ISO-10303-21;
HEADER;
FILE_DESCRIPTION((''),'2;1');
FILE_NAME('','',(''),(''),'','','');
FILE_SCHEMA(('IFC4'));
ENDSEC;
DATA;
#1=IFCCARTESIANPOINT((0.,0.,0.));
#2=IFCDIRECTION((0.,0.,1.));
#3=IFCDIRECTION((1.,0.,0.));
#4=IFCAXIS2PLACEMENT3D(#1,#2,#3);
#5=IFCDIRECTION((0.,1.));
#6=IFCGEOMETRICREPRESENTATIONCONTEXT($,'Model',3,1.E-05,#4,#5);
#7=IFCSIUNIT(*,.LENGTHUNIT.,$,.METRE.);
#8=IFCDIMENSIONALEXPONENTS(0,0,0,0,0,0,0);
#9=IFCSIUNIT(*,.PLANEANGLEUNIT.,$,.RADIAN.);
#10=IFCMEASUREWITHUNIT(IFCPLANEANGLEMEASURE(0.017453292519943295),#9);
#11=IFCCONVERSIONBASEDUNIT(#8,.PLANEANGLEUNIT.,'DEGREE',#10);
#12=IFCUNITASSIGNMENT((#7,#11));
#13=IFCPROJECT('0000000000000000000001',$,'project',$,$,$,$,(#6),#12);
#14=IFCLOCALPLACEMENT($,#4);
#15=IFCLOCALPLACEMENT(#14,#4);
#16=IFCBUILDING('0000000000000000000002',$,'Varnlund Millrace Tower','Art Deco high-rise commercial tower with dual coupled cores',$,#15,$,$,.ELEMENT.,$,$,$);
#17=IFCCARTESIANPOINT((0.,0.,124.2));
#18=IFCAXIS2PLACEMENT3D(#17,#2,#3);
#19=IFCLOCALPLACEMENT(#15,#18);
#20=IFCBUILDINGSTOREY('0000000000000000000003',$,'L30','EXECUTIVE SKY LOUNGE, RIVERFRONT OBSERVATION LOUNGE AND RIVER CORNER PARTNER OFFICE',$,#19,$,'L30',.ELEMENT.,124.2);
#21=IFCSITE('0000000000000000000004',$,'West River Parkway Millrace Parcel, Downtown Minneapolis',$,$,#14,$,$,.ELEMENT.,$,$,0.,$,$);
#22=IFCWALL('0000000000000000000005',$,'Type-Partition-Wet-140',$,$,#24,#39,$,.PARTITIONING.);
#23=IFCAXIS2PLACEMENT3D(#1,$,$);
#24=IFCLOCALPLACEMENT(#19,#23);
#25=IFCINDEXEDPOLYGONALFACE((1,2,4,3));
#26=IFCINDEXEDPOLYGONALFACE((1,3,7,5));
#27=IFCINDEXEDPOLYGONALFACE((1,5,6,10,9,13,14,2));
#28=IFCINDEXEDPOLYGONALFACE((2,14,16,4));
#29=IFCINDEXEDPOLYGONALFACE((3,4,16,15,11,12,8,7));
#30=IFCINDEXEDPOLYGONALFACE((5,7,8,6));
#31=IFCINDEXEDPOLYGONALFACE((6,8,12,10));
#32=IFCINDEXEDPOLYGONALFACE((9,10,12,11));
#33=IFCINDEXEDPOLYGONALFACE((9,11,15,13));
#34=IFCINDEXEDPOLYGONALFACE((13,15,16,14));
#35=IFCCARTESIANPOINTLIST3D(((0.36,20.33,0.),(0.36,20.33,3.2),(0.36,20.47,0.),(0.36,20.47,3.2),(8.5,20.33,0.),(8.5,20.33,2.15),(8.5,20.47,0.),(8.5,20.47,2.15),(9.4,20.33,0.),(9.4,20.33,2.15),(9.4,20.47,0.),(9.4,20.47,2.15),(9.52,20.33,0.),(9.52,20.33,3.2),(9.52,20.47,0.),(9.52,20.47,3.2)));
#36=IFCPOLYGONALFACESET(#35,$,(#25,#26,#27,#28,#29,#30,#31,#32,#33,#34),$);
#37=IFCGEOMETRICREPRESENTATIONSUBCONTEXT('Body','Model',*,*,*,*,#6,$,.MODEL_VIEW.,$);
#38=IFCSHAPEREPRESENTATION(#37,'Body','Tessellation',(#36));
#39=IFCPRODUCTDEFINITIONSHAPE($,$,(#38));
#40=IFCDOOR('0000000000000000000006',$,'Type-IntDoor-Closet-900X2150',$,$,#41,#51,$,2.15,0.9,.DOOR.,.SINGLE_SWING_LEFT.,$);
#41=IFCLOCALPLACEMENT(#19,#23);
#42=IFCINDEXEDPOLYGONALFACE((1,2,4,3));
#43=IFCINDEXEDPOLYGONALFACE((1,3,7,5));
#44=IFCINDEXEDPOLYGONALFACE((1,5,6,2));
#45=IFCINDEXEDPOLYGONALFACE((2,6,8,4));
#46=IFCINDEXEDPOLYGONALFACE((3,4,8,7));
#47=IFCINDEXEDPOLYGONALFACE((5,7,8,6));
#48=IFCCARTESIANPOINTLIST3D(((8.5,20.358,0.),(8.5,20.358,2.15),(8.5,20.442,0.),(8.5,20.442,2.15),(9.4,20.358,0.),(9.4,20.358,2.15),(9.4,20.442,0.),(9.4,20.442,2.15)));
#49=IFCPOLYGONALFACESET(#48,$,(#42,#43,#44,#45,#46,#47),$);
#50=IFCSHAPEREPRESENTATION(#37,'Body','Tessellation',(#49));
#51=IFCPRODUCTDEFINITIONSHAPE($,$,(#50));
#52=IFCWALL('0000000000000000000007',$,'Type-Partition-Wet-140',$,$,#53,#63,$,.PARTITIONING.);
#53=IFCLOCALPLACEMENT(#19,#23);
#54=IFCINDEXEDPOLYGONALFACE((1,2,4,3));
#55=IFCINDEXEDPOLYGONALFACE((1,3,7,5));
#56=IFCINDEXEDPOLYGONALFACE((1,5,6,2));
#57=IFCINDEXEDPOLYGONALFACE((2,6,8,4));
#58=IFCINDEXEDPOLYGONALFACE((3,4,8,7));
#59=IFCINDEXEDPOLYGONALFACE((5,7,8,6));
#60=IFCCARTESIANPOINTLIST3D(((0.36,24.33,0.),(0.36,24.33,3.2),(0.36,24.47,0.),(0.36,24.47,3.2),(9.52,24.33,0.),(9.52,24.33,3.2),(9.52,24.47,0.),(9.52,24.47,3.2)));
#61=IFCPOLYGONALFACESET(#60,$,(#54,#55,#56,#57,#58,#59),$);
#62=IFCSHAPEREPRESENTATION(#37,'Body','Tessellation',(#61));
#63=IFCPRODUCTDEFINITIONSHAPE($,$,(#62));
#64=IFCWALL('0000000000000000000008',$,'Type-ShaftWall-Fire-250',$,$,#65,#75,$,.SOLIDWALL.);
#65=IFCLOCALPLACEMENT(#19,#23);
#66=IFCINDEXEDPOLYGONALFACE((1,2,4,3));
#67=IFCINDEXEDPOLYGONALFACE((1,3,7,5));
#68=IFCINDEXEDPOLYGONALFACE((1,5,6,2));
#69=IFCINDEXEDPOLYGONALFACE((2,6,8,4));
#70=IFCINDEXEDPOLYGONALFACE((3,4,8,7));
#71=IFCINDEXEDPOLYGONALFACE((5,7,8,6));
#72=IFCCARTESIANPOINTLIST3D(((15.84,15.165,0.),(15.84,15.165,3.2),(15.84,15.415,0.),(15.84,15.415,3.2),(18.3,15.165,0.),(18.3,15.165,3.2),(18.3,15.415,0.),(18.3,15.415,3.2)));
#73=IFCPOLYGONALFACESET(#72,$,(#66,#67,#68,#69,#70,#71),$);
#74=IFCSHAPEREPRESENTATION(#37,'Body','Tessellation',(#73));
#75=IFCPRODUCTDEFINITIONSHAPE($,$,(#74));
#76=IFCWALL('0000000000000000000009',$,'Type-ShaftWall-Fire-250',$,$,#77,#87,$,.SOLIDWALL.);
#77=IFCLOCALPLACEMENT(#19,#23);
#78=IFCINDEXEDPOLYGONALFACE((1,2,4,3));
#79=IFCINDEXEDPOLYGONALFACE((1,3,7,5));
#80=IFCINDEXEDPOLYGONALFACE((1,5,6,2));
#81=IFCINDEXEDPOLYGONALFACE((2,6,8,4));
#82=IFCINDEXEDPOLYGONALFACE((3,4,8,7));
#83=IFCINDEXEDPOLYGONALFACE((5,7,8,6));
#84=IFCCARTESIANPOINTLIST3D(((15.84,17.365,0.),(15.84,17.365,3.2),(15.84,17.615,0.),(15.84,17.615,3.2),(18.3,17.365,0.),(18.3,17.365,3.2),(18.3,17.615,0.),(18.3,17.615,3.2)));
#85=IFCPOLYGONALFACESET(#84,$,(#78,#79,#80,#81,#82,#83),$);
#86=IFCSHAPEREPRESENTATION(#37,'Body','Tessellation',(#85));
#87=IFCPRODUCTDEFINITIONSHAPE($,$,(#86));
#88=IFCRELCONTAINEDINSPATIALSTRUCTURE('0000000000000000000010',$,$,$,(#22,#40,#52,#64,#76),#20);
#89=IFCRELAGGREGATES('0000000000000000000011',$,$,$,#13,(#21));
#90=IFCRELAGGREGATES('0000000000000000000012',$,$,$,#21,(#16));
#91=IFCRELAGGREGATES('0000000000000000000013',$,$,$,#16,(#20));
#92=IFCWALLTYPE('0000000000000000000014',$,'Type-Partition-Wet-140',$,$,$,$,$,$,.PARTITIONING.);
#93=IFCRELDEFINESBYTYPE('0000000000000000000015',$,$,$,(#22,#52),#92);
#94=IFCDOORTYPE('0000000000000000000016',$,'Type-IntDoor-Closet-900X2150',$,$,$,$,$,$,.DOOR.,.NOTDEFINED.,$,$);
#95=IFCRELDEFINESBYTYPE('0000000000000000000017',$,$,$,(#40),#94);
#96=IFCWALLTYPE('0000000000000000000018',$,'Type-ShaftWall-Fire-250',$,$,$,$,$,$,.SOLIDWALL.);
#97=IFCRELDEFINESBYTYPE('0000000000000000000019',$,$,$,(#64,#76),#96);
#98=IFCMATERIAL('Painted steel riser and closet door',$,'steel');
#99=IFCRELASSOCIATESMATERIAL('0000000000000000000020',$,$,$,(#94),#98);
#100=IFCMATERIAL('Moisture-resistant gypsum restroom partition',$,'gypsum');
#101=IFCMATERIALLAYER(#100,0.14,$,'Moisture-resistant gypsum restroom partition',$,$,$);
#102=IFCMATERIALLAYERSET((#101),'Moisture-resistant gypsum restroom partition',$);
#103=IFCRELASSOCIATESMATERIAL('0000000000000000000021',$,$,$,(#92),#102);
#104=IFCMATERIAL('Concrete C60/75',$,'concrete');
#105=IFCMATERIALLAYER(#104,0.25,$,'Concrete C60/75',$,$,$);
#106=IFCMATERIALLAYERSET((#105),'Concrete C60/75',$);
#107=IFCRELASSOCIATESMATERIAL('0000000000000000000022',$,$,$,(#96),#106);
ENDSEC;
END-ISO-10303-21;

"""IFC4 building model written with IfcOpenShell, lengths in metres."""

from ifc_helpers import new_model, entity, si_unit, converted_unit, direction, frame, origin_with_axes, origin_2d_with_axis, place, context, subcontext, project, spatial, polyline, rectangle, outline, extrude, material, layer, layer_set, type_object, element, fill, save


model = new_model("IFC4")

# Units and contexts
model_context = context("Model", 3, precision=1e-05, world=origin_with_axes(), true_north=direction((0.0, 1.0)))
body_context = subcontext(model_context, "Body", "Model", "MODEL_VIEW")
ifc_project = project(units=[si_unit("LENGTHUNIT", "METRE"), converted_unit("PLANEANGLEUNIT", "DEGREE", entity("IfcPlaneAngleMeasure", 0.017453292519943295), si_unit("PLANEANGLEUNIT", "RADIAN"), dimensions=[0, 0, 0, 0, 0, 0, 0])], contexts=[model_context])

# Site, building, storey
site_placement = place(None, origin_with_axes())
site = spatial("IfcSite", under=ifc_project, at=site_placement, Name="West River Parkway Millrace Parcel, Downtown Minneapolis", CompositionType="ELEMENT", RefElevation=0.0)
building_placement = place(site_placement, origin_with_axes())
building = spatial("IfcBuilding", under=site, at=building_placement, Name="Varnlund Millrace Tower", Description="Art Deco high-rise commercial tower with dual coupled cores", CompositionType="ELEMENT")
storey_placement = place(building_placement, frame((0.0, 0.0, 124.2), z_axis=(0.0, 0.0, 1.0), x_axis=(1.0, 0.0, 0.0)))
storey = spatial("IfcBuildingStorey", under=building, at=storey_placement, Name="L30", Description="EXECUTIVE SKY LOUNGE, RIVERFRONT OBSERVATION LOUNGE AND RIVER CORNER PARTNER OFFICE", LongName="L30", CompositionType="ELEMENT", Elevation=124.2)

# Shared definitions
ifc_material_1 = material(Name="Painted steel riser and closet door", Category="steel")
door_type_1 = type_object("IfcDoorType", Name="Type-IntDoor-Closet-900X2150", OperationType="NOTDEFINED", PredefinedType="DOOR", material=ifc_material_1)

# Shared definitions
ifc_material_2 = material(Name="Moisture-resistant gypsum restroom partition", Category="gypsum")
ifc_layer_1 = layer(ifc_material_2, 0.14, Name="Moisture-resistant gypsum restroom partition")
ifc_layer_set_1 = layer_set([ifc_layer_1], Name="Moisture-resistant gypsum restroom partition")
wall_type_1 = type_object("IfcWallType", Name="Type-Partition-Wet-140", PredefinedType="PARTITIONING", material=ifc_layer_set_1)

# Wall, opening, door
wall_1_placement = place(storey_placement, frame((0.36, 20.4, 0.0), z_axis=(0.0, 0.0, 1.0), x_axis=(1.0, 0.0, 0.0)))
wall_1 = element("IfcWall", 1, at=wall_1_placement, inside=storey, type_object=wall_type_1, Name="Type-Partition-Wet-140", PredefinedType="PARTITIONING", context=body_context, shape_type="SweptSolid", body=[
    extrude(outline(polyline([(0.0, -0.07), (9.16, -0.07), (9.16, 0.07), (0.0, 0.07), (0.0, -0.07)])), origin_with_axes(), (0.0, 0.0, 1.0), 3.2),
])
opening_1_placement = place(wall_1_placement, frame((8.59, 0.0, 0.0), z_axis=(0.0, 0.0, 1.0), x_axis=(1.0, 0.0, 0.0)))
opening_1 = element("IfcOpeningElement", 2, at=opening_1_placement, cuts=wall_1, PredefinedType="OPENING", context=body_context, shape_type="SweptSolid", body=[
    extrude(rectangle(XDim=0.9, YDim=0.16, at=origin_2d_with_axis()), origin_with_axes(), (0.0, 0.0, 1.0), 2.15),
])
door_1_placement = place(wall_1_placement, frame((8.59, 0.0, 0.0), z_axis=(0.0, 0.0, 1.0), x_axis=(1.0, 0.0, 0.0)))
door_1 = element("IfcDoor", 3, at=door_1_placement, inside=storey, type_object=door_type_1, Name="Type-IntDoor-Closet-900X2150", OperationType="SINGLE_SWING_LEFT", OverallHeight=2.15, OverallWidth=0.9, PredefinedType="DOOR", context=body_context, shape_type="SweptSolid", body=[
    extrude(rectangle(XDim=0.9, YDim=0.084, at=origin_2d_with_axis()), origin_with_axes(), (0.0, 0.0, 1.0), 2.15),
])
fill(opening_1, door_1)

# Walls
wall_2_placement = place(storey_placement, frame((0.36, 24.4, 0.0), z_axis=(0.0, 0.0, 1.0), x_axis=(1.0, 0.0, 0.0)))
element("IfcWall", 4, at=wall_2_placement, inside=storey, type_object=wall_type_1, Name="Type-Partition-Wet-140", PredefinedType="PARTITIONING", context=body_context, shape_type="SweptSolid", body=[
    extrude(outline(polyline([(0.0, -0.07), (9.16, -0.07), (9.16, 0.07), (0.0, 0.07), (0.0, -0.07)])), origin_with_axes(), (0.0, 0.0, 1.0), 3.2),
])
ifc_material_3 = material(Name="Concrete C60/75", Category="concrete")
ifc_layer_2 = layer(ifc_material_3, 0.25, Name="Concrete C60/75")
ifc_layer_set_2 = layer_set([ifc_layer_2], Name="Concrete C60/75")
wall_type_2 = type_object("IfcWallType", Name="Type-ShaftWall-Fire-250", PredefinedType="SOLIDWALL", material=ifc_layer_set_2)
for number, where, z_axis, x_axis, name in (
    (5, (15.84, 15.29, 0.0), (0.0, 0.0, 1.0), (1.0, 0.0, 0.0), "Type-ShaftWall-Fire-250"),
    (6, (15.84, 17.49, 0.0), (0.0, 0.0, 1.0), (1.0, 0.0, 0.0), "Type-ShaftWall-Fire-250"),
):
    element("IfcWall", number, at=place(storey_placement, frame(where, z_axis=z_axis, x_axis=x_axis)), inside=storey, type_object=wall_type_2, Name=name, PredefinedType="SOLIDWALL", context=body_context, shape_type="SweptSolid", body=[
        extrude(outline(polyline([(0.0, -0.125), (2.46, -0.125), (2.46, 0.125), (0.0, 0.125), (0.0, -0.125)])), origin_with_axes(), (0.0, 0.0, 1.0), 3.2),
    ])

save(model, "model.ifc")
